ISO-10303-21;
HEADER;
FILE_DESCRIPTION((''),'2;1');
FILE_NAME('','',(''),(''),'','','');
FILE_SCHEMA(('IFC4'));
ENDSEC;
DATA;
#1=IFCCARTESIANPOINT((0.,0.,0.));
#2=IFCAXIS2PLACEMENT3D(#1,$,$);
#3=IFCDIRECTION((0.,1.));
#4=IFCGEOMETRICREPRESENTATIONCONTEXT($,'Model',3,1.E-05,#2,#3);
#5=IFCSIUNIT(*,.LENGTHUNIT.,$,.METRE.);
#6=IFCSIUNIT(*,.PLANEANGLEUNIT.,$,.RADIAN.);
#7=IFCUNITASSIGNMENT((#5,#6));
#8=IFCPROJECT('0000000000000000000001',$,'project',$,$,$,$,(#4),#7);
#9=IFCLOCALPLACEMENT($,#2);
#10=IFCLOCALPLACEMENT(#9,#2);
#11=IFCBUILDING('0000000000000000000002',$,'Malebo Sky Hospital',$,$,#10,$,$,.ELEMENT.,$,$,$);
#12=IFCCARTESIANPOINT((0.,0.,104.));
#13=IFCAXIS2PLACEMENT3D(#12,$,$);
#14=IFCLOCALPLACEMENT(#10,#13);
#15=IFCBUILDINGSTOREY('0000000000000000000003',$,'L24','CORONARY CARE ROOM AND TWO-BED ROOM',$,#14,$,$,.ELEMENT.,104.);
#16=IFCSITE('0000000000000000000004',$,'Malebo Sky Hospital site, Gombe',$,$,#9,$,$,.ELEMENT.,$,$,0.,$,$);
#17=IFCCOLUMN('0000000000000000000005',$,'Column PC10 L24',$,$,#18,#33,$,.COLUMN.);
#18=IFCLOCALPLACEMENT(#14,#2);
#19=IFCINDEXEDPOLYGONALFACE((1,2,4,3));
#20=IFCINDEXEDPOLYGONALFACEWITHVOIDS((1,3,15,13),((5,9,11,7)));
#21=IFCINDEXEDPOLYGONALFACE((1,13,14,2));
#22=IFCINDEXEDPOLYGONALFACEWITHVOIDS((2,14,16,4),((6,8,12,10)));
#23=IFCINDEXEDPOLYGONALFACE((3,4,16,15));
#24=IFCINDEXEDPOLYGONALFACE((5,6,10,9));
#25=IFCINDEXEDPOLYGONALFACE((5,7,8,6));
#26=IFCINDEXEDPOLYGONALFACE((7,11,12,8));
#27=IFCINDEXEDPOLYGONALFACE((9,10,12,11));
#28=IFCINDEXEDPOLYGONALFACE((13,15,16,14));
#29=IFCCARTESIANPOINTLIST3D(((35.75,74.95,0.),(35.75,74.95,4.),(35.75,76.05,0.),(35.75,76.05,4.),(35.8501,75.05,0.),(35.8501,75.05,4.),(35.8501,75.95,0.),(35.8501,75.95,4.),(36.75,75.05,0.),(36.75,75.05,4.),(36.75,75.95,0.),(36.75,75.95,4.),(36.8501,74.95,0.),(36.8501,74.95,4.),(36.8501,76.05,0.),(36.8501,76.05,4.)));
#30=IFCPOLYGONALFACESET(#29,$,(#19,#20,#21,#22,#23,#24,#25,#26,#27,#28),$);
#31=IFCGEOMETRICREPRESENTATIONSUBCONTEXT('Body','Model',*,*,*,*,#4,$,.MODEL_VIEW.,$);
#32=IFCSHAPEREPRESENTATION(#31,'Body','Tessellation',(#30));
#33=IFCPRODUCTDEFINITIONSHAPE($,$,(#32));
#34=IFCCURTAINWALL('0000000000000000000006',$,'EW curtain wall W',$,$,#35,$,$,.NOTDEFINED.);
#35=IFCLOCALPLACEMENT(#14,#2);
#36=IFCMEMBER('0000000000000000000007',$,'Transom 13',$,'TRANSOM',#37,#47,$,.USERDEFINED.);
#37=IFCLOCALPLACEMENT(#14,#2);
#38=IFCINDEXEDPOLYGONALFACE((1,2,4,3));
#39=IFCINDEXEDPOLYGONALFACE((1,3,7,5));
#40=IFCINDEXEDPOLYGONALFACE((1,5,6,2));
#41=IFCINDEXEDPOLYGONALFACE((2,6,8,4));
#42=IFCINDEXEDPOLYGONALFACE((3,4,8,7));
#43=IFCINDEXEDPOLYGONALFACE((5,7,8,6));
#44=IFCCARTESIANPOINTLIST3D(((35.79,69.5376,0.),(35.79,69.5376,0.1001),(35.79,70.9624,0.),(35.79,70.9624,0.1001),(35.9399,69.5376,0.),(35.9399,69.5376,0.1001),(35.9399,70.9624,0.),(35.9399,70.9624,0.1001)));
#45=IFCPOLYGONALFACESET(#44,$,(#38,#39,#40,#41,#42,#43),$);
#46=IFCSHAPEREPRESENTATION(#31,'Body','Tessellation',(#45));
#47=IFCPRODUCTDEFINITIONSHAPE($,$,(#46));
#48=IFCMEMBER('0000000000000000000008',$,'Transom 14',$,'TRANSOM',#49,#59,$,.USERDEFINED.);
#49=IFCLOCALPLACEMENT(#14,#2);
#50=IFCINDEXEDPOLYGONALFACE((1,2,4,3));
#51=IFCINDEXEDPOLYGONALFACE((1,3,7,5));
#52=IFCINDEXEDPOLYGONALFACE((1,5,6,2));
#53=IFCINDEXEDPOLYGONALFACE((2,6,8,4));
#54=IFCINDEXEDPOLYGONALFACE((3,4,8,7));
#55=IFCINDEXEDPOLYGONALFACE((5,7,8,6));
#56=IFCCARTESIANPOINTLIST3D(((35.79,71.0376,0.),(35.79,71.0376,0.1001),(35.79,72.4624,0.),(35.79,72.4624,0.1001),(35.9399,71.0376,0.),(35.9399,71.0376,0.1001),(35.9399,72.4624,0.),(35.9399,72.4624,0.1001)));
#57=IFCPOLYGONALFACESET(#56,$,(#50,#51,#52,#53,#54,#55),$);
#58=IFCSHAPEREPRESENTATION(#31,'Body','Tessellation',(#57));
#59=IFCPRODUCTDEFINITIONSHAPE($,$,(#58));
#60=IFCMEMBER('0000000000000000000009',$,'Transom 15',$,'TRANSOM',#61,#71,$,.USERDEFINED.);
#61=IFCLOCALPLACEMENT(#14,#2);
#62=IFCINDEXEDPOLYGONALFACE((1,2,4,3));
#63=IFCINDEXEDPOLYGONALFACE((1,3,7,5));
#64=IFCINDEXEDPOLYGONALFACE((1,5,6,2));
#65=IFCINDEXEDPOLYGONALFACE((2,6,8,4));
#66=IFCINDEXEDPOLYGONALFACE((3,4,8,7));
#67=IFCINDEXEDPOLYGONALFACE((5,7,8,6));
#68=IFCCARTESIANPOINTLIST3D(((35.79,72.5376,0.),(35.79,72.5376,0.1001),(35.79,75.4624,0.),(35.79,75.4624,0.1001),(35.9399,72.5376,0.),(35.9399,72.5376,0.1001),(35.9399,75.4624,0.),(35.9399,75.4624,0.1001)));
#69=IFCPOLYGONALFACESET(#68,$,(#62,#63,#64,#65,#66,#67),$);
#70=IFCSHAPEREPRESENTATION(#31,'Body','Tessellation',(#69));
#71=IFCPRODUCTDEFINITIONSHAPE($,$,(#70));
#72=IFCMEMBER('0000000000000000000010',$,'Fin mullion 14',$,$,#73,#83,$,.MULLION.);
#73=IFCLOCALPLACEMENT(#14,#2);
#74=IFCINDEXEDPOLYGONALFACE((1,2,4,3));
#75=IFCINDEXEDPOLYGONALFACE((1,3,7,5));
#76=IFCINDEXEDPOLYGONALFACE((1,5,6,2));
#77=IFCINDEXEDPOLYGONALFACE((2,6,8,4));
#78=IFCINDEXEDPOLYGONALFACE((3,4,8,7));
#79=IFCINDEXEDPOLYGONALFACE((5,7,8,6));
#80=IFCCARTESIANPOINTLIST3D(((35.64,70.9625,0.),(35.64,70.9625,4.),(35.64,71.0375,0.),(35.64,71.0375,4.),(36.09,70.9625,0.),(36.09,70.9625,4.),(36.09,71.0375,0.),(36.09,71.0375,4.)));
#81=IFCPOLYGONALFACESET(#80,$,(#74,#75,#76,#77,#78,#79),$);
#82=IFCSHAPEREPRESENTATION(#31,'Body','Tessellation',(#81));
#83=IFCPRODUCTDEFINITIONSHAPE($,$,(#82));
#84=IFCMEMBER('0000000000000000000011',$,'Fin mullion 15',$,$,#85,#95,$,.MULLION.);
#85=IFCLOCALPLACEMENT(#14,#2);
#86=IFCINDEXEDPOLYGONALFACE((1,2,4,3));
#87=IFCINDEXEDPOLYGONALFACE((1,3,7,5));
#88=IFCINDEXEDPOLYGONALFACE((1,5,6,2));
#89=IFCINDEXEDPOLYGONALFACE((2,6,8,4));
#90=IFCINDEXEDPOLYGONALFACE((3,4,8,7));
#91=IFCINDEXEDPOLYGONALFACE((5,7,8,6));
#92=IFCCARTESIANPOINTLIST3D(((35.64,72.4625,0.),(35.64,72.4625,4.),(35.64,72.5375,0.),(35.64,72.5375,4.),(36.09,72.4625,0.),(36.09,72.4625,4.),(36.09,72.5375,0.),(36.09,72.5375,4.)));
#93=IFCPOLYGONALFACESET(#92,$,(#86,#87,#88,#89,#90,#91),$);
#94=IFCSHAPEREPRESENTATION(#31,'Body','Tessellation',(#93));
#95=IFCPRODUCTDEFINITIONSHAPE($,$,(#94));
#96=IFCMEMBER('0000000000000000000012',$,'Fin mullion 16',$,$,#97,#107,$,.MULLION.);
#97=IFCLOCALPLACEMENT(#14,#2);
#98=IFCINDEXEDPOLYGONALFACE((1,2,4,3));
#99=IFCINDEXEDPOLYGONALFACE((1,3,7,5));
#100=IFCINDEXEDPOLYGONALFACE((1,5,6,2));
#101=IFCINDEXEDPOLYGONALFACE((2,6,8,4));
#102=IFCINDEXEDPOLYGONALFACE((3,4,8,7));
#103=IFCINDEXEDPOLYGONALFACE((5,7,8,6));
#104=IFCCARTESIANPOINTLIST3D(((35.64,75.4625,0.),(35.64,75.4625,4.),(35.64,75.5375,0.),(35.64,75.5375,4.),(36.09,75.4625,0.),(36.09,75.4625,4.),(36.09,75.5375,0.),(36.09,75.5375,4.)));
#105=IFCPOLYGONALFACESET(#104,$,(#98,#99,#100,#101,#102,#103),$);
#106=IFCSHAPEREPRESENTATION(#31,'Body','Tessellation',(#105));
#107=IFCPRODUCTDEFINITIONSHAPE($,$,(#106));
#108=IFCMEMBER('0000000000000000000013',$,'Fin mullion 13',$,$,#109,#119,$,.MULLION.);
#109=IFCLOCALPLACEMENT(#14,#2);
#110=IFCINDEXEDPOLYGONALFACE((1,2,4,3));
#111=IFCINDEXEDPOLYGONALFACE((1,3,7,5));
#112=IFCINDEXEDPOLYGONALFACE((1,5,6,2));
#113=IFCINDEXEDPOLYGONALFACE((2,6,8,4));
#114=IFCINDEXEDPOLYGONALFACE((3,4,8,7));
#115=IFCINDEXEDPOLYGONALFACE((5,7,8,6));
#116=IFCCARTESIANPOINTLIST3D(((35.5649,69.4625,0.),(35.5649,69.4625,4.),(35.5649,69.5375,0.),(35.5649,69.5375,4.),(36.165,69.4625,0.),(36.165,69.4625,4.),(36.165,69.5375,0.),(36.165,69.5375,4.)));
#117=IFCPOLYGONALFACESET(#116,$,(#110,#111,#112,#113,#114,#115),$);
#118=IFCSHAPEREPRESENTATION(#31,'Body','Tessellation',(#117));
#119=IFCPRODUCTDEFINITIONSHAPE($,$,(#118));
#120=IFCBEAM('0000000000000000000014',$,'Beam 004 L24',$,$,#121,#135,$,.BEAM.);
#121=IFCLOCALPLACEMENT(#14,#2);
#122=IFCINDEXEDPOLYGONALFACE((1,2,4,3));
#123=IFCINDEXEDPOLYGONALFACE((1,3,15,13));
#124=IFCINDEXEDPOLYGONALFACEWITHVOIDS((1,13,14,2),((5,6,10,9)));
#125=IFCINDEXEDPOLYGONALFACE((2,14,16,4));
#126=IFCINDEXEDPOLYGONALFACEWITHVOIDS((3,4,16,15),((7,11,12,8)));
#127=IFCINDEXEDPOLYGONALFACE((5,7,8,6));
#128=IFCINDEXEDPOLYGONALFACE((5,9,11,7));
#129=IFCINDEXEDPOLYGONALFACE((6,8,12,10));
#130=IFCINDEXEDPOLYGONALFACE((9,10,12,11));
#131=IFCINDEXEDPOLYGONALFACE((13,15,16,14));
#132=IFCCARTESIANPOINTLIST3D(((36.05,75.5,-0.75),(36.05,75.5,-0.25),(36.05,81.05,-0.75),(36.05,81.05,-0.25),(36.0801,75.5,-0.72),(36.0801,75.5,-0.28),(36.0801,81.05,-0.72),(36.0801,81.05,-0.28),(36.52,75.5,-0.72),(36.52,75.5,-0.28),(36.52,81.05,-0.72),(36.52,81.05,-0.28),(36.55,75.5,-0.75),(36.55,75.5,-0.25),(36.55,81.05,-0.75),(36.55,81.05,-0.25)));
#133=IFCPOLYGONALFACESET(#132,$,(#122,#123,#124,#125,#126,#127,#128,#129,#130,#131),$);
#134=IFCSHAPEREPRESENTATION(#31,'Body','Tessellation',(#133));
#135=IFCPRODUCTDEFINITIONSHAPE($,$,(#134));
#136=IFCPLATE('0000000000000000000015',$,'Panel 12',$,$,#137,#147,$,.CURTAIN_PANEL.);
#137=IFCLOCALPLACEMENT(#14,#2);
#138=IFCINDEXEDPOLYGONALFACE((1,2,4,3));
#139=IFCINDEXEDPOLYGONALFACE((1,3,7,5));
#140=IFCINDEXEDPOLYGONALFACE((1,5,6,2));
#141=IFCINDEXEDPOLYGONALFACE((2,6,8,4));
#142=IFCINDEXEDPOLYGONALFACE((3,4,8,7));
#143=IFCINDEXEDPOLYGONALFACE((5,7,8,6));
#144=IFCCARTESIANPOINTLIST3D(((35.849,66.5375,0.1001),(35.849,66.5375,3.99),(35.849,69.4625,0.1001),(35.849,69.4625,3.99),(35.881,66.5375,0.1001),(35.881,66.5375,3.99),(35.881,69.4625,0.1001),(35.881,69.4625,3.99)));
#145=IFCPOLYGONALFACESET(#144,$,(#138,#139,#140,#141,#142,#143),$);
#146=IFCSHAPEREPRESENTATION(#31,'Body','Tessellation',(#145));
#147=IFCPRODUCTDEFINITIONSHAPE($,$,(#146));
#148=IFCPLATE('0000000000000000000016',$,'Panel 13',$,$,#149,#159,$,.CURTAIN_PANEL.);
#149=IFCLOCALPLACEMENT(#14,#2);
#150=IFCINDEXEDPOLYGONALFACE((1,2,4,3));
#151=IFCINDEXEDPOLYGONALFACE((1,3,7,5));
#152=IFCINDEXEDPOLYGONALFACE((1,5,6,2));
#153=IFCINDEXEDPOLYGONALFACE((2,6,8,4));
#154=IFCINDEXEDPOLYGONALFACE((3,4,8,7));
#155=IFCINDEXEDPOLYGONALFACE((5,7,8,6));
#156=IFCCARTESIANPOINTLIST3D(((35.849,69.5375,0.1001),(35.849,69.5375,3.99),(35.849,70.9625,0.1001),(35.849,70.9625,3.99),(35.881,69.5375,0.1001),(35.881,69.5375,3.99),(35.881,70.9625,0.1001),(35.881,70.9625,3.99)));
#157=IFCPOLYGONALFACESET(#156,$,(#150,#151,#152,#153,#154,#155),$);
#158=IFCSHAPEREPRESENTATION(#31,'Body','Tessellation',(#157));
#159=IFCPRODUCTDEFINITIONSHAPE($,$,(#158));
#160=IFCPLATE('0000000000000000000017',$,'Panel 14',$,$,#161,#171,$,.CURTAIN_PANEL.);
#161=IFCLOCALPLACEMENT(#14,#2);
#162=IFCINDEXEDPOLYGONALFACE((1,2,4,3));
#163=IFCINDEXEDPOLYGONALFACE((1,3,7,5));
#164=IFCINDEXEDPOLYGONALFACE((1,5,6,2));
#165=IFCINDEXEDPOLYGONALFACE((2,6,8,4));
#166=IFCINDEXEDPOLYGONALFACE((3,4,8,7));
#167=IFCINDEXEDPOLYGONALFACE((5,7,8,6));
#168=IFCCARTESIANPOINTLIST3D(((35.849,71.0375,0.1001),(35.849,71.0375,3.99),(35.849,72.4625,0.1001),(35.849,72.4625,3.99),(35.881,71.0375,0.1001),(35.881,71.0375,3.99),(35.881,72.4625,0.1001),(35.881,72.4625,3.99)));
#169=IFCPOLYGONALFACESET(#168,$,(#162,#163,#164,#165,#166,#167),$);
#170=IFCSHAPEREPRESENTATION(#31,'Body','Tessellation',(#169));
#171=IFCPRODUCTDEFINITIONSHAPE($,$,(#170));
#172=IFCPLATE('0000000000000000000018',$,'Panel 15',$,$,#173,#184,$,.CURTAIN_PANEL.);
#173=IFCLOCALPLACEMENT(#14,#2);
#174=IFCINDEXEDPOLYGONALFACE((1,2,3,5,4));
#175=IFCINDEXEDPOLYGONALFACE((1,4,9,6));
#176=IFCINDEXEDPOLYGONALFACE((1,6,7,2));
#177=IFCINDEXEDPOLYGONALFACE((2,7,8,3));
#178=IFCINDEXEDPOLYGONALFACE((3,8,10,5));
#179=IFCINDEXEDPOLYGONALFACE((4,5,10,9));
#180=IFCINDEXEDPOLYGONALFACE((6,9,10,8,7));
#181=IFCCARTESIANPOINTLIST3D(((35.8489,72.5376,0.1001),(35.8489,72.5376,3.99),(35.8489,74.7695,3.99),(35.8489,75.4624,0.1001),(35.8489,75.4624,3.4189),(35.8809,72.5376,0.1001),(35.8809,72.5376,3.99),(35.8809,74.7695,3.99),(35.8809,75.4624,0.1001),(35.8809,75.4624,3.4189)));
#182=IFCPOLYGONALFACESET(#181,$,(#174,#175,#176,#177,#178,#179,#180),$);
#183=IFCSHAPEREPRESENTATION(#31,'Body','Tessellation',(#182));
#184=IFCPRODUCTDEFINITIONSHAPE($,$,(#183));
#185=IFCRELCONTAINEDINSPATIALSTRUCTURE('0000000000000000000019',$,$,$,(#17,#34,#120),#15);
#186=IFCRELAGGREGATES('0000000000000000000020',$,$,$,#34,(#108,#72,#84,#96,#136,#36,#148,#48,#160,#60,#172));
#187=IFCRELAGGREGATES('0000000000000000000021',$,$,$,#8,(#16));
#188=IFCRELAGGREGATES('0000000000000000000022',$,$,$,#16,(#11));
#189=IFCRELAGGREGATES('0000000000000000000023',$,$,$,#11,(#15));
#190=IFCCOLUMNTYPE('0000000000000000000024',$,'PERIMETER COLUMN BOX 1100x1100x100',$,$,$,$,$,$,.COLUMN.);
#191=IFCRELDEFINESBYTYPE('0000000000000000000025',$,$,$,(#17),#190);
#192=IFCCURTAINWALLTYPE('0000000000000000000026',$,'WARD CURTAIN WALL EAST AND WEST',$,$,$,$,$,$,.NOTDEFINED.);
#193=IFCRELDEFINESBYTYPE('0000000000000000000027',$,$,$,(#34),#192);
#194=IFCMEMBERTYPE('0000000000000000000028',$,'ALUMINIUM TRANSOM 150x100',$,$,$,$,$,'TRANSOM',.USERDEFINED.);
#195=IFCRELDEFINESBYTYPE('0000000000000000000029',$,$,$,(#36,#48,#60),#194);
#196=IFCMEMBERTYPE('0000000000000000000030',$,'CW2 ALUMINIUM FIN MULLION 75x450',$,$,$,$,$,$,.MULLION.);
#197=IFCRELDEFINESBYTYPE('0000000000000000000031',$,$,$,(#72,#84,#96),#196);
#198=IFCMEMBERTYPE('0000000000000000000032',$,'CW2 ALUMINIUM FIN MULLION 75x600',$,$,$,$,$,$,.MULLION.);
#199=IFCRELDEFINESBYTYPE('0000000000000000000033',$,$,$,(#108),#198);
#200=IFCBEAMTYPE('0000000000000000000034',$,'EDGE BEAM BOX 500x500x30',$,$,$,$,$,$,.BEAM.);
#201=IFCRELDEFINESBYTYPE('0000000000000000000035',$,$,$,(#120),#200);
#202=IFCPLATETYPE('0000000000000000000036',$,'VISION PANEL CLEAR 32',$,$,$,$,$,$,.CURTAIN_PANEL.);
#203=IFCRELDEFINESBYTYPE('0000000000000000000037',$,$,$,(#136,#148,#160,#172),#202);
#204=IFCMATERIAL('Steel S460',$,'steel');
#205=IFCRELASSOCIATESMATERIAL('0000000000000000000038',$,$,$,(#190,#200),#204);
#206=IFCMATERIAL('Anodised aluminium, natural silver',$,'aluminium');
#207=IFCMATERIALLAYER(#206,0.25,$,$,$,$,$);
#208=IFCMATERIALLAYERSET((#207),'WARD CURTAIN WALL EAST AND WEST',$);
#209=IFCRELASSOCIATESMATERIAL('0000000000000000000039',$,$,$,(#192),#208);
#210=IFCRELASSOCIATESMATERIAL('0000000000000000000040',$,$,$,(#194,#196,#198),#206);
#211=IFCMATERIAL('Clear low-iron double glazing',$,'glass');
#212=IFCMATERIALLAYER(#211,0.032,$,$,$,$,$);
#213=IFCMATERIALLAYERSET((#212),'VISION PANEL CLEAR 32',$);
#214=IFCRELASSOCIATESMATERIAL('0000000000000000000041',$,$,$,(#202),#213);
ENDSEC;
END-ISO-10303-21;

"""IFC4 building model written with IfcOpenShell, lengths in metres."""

from ifc_helpers import new_model, si_unit, direction, frame, origin, origin_2d, place, context, subcontext, project, spatial, polyline, rectangle, hollow_rectangle, outline, extrude, material, layer, layer_set, material_profile, profile_set, type_object, element, aggregate, save


model = new_model("IFC4")

# Units and contexts
model_context = context("Model", 3, precision=1e-05, world=origin(), true_north=direction((0.0, 1.0)))
body_context = subcontext(model_context, "Body", "Model", "MODEL_VIEW")
ifc_project = project(units=[si_unit("LENGTHUNIT", "METRE"), si_unit("PLANEANGLEUNIT", "RADIAN")], contexts=[model_context])

# Site, building, storey
site_placement = place(None, origin())
site = spatial("IfcSite", under=ifc_project, at=site_placement, Name="Malebo Sky Hospital site, Gombe", CompositionType="ELEMENT", RefElevation=0.0)
building_placement = place(site_placement, origin())
building = spatial("IfcBuilding", under=site, at=building_placement, Name="Malebo Sky Hospital", CompositionType="ELEMENT")
storey_placement = place(building_placement, frame((0.0, 0.0, 104.0)))
storey = spatial("IfcBuildingStorey", under=building, at=storey_placement, Name="L24", Description="CORONARY CARE ROOM AND TWO-BED ROOM", CompositionType="ELEMENT", Elevation=104.0)

# Column
ifc_material_1 = material(Name="Steel S460", Category="steel")
ifc_material_profile_1 = material_profile(ifc_material_1, hollow_rectangle(XDim=1.1001, YDim=1.1001, WallThickness=0.1001, at=origin_2d()), Name="BOX 1100x1100x100")
ifc_profile_set_1 = profile_set([ifc_material_profile_1], Name="Steel S460")
column_type = type_object("IfcColumnType", Name="PERIMETER COLUMN BOX 1100x1100x100", PredefinedType="COLUMN", material=ifc_profile_set_1)
column_placement = place(storey_placement, frame((36.3, 75.5, 0.0), z_axis=(0.0, 0.0, 1.0), x_axis=(1.0, 0.0, 0.0)))
element("IfcColumn", 1, at=column_placement, inside=storey, type_object=column_type, Name="Column PC10 L24", PredefinedType="COLUMN", context=body_context, shape_type="SweptSolid", body=[
    extrude(hollow_rectangle(XDim=1.1001, YDim=1.1001, WallThickness=0.1001, at=origin_2d()), origin(), (0.0, 0.0, 1.0), 4.0),
])

# Curtain wall, members
ifc_material_2 = material(Name="Anodised aluminium, natural silver", Category="aluminium")
ifc_layer_1 = layer(ifc_material_2, 0.25)
ifc_layer_set_1 = layer_set([ifc_layer_1], Name="WARD CURTAIN WALL EAST AND WEST")
curtain_wall_type = type_object("IfcCurtainWallType", Name="WARD CURTAIN WALL EAST AND WEST", PredefinedType="NOTDEFINED", material=ifc_layer_set_1)
curtain_wall_placement = place(storey_placement, origin())
curtain_wall = element("IfcCurtainWall", 2, at=curtain_wall_placement, inside=storey, type_object=curtain_wall_type, Name="EW curtain wall W", PredefinedType="NOTDEFINED")
ifc_material_profile_2 = material_profile(ifc_material_2, rectangle(XDim=0.1499, YDim=0.1001, at=origin_2d()), Name="ALUMINIUM TRANSOM 150x100")
ifc_profile_set_2 = profile_set([ifc_material_profile_2], Name="Anodised aluminium, natural silver")
member_type_1 = type_object("IfcMemberType", Name="ALUMINIUM TRANSOM 150x100", ElementType="TRANSOM", PredefinedType="USERDEFINED", material=ifc_profile_set_2)
member_1_placement = place(storey_placement, frame((35.865, 69.5376, 0.05), z_axis=(0.0, 1.0, 0.0), x_axis=(-1.0, 0.0, 0.0)))
member_1 = element("IfcMember", 3, at=member_1_placement, type_object=member_type_1, Name="Transom 13", ObjectType="TRANSOM", PredefinedType="USERDEFINED", context=body_context, shape_type="SweptSolid", body=[
    extrude(rectangle(XDim=0.1499, YDim=0.1001, at=origin_2d()), origin(), (0.0, 0.0, 1.0), 1.4248),
])
member_2_placement = place(storey_placement, frame((35.865, 71.0376, 0.05), z_axis=(0.0, 1.0, 0.0), x_axis=(-1.0, 0.0, 0.0)))
member_2 = element("IfcMember", 4, at=member_2_placement, type_object=member_type_1, Name="Transom 14", ObjectType="TRANSOM", PredefinedType="USERDEFINED", context=body_context, shape_type="SweptSolid", body=[
    extrude(rectangle(XDim=0.1499, YDim=0.1001, at=origin_2d()), origin(), (0.0, 0.0, 1.0), 1.4248),
])
member_3_placement = place(storey_placement, frame((35.865, 72.5376, 0.05), z_axis=(0.0, 1.0, 0.0), x_axis=(-1.0, 0.0, 0.0)))
member_3 = element("IfcMember", 5, at=member_3_placement, type_object=member_type_1, Name="Transom 15", ObjectType="TRANSOM", PredefinedType="USERDEFINED", context=body_context, shape_type="SweptSolid", body=[
    extrude(rectangle(XDim=0.1499, YDim=0.1001, at=origin_2d()), origin(), (0.0, 0.0, 1.0), 2.9248),
])
ifc_material_profile_3 = material_profile(ifc_material_2, rectangle(XDim=0.075, YDim=0.45, at=origin_2d()), Name="CW2 ALUMINIUM FIN MULLION 75x450")
ifc_profile_set_3 = profile_set([ifc_material_profile_3], Name="Anodised aluminium, natural silver")
member_type_2 = type_object("IfcMemberType", Name="CW2 ALUMINIUM FIN MULLION 75x450", PredefinedType="MULLION", material=ifc_profile_set_3)
member_4_placement = place(storey_placement, frame((35.865, 71.0, 0.0), z_axis=(0.0, 0.0, 1.0), x_axis=(0.0, 1.0, 0.0)))
member_4 = element("IfcMember", 6, at=member_4_placement, type_object=member_type_2, Name="Fin mullion 14", PredefinedType="MULLION", context=body_context, shape_type="SweptSolid", body=[
    extrude(rectangle(XDim=0.075, YDim=0.45, at=origin_2d()), origin(), (0.0, 0.0, 1.0), 4.0),
])
member_5_placement = place(storey_placement, frame((35.865, 72.5, 0.0), z_axis=(0.0, 0.0, 1.0), x_axis=(0.0, 1.0, 0.0)))
member_5 = element("IfcMember", 7, at=member_5_placement, type_object=member_type_2, Name="Fin mullion 15", PredefinedType="MULLION", context=body_context, shape_type="SweptSolid", body=[
    extrude(rectangle(XDim=0.075, YDim=0.45, at=origin_2d()), origin(), (0.0, 0.0, 1.0), 4.0),
])
member_6_placement = place(storey_placement, frame((35.865, 75.5, 0.0), z_axis=(0.0, 0.0, 1.0), x_axis=(0.0, 1.0, 0.0)))
member_6 = element("IfcMember", 8, at=member_6_placement, type_object=member_type_2, Name="Fin mullion 16", PredefinedType="MULLION", context=body_context, shape_type="SweptSolid", body=[
    extrude(rectangle(XDim=0.075, YDim=0.45, at=origin_2d()), origin(), (0.0, 0.0, 1.0), 4.0),
])
ifc_material_profile_4 = material_profile(ifc_material_2, rectangle(XDim=0.075, YDim=0.6001, at=origin_2d()), Name="CW2 ALUMINIUM FIN MULLION 75x600")
ifc_profile_set_4 = profile_set([ifc_material_profile_4], Name="Anodised aluminium, natural silver")
member_type_3 = type_object("IfcMemberType", Name="CW2 ALUMINIUM FIN MULLION 75x600", PredefinedType="MULLION", material=ifc_profile_set_4)
member_7_placement = place(storey_placement, frame((35.865, 69.5, 0.0), z_axis=(0.0, 0.0, 1.0), x_axis=(0.0, 1.0, 0.0)))
member_7 = element("IfcMember", 9, at=member_7_placement, type_object=member_type_3, Name="Fin mullion 13", PredefinedType="MULLION", context=body_context, shape_type="SweptSolid", body=[
    extrude(rectangle(XDim=0.075, YDim=0.6001, at=origin_2d()), origin(), (0.0, 0.0, 1.0), 4.0),
])

# Beam
ifc_material_profile_5 = material_profile(ifc_material_1, hollow_rectangle(XDim=0.5, YDim=0.5, WallThickness=0.03, at=origin_2d()), Name="BOX 500x500x30")
ifc_profile_set_5 = profile_set([ifc_material_profile_5], Name="Steel S460")
beam_type = type_object("IfcBeamType", Name="EDGE BEAM BOX 500x500x30", PredefinedType="BEAM", material=ifc_profile_set_5)
beam_placement = place(storey_placement, frame((36.3, 75.5, -0.5), z_axis=(0.0, 1.0, 0.0), x_axis=(-1.0, 0.0, 0.0)))
element("IfcBeam", 10, at=beam_placement, inside=storey, type_object=beam_type, Name="Beam 004 L24", PredefinedType="BEAM", context=body_context, shape_type="SweptSolid", body=[
    extrude(hollow_rectangle(XDim=0.5, YDim=0.5, WallThickness=0.03, at=origin_2d()), origin(), (0.0, 0.0, 1.0), 5.55),
])

# Plates
ifc_material_3 = material(Name="Clear low-iron double glazing", Category="glass")
ifc_layer_2 = layer(ifc_material_3, 0.032)
ifc_layer_set_2 = layer_set([ifc_layer_2], Name="VISION PANEL CLEAR 32")
plate_type = type_object("IfcPlateType", Name="VISION PANEL CLEAR 32", PredefinedType="CURTAIN_PANEL", material=ifc_layer_set_2)
plate_1_placement = place(storey_placement, frame((35.865, 68.0, 0.1001), z_axis=(0.0, 0.0, 1.0), x_axis=(0.0, 1.0, 0.0)))
plate_1 = element("IfcPlate", 11, at=plate_1_placement, type_object=plate_type, Name="Panel 12", PredefinedType="CURTAIN_PANEL", context=body_context, shape_type="SweptSolid", body=[
    extrude(rectangle(XDim=2.925, YDim=0.032, at=origin_2d()), origin(), (0.0, 0.0, 1.0), 3.8899),
])
plate_2_placement = place(storey_placement, frame((35.865, 70.25, 0.1001), z_axis=(0.0, 0.0, 1.0), x_axis=(0.0, 1.0, 0.0)))
plate_2 = element("IfcPlate", 12, at=plate_2_placement, type_object=plate_type, Name="Panel 13", PredefinedType="CURTAIN_PANEL", context=body_context, shape_type="SweptSolid", body=[
    extrude(rectangle(XDim=1.425, YDim=0.032, at=origin_2d()), origin(), (0.0, 0.0, 1.0), 3.8899),
])
plate_3_placement = place(storey_placement, frame((35.865, 71.75, 0.1001), z_axis=(0.0, 0.0, 1.0), x_axis=(0.0, 1.0, 0.0)))
plate_3 = element("IfcPlate", 13, at=plate_3_placement, type_object=plate_type, Name="Panel 14", PredefinedType="CURTAIN_PANEL", context=body_context, shape_type="SweptSolid", body=[
    extrude(rectangle(XDim=1.425, YDim=0.032, at=origin_2d()), origin(), (0.0, 0.0, 1.0), 3.8899),
])
plate_4_placement = place(storey_placement, frame((35.865, 74.0, 0.1001), z_axis=(0.0, 0.0, 1.0), x_axis=(0.0, 1.0, 0.0)))
plate_4 = element("IfcPlate", 14, at=plate_4_placement, type_object=plate_type, Name="Panel 15", PredefinedType="CURTAIN_PANEL", context=body_context, shape_type="SweptSolid", body=[
    extrude(outline(polyline([(-1.4624, 0.0), (1.4624, 0.0), (1.4624, 3.3188), (0.7695, 3.8899), (-1.4624, 3.8899), (-1.4624, 0.0)])), frame((0.0, 0.0161, 0.0), z_axis=(0.0, -1.0, 0.0), x_axis=(1.0, 0.0, 0.0)), (0.0, 0.0, 1.0), 0.032),
])
aggregate(curtain_wall, [member_7, member_4, member_5, member_6, plate_1, member_1, plate_2, member_2, plate_3, member_3, plate_4])

save(model, "model.ifc")
